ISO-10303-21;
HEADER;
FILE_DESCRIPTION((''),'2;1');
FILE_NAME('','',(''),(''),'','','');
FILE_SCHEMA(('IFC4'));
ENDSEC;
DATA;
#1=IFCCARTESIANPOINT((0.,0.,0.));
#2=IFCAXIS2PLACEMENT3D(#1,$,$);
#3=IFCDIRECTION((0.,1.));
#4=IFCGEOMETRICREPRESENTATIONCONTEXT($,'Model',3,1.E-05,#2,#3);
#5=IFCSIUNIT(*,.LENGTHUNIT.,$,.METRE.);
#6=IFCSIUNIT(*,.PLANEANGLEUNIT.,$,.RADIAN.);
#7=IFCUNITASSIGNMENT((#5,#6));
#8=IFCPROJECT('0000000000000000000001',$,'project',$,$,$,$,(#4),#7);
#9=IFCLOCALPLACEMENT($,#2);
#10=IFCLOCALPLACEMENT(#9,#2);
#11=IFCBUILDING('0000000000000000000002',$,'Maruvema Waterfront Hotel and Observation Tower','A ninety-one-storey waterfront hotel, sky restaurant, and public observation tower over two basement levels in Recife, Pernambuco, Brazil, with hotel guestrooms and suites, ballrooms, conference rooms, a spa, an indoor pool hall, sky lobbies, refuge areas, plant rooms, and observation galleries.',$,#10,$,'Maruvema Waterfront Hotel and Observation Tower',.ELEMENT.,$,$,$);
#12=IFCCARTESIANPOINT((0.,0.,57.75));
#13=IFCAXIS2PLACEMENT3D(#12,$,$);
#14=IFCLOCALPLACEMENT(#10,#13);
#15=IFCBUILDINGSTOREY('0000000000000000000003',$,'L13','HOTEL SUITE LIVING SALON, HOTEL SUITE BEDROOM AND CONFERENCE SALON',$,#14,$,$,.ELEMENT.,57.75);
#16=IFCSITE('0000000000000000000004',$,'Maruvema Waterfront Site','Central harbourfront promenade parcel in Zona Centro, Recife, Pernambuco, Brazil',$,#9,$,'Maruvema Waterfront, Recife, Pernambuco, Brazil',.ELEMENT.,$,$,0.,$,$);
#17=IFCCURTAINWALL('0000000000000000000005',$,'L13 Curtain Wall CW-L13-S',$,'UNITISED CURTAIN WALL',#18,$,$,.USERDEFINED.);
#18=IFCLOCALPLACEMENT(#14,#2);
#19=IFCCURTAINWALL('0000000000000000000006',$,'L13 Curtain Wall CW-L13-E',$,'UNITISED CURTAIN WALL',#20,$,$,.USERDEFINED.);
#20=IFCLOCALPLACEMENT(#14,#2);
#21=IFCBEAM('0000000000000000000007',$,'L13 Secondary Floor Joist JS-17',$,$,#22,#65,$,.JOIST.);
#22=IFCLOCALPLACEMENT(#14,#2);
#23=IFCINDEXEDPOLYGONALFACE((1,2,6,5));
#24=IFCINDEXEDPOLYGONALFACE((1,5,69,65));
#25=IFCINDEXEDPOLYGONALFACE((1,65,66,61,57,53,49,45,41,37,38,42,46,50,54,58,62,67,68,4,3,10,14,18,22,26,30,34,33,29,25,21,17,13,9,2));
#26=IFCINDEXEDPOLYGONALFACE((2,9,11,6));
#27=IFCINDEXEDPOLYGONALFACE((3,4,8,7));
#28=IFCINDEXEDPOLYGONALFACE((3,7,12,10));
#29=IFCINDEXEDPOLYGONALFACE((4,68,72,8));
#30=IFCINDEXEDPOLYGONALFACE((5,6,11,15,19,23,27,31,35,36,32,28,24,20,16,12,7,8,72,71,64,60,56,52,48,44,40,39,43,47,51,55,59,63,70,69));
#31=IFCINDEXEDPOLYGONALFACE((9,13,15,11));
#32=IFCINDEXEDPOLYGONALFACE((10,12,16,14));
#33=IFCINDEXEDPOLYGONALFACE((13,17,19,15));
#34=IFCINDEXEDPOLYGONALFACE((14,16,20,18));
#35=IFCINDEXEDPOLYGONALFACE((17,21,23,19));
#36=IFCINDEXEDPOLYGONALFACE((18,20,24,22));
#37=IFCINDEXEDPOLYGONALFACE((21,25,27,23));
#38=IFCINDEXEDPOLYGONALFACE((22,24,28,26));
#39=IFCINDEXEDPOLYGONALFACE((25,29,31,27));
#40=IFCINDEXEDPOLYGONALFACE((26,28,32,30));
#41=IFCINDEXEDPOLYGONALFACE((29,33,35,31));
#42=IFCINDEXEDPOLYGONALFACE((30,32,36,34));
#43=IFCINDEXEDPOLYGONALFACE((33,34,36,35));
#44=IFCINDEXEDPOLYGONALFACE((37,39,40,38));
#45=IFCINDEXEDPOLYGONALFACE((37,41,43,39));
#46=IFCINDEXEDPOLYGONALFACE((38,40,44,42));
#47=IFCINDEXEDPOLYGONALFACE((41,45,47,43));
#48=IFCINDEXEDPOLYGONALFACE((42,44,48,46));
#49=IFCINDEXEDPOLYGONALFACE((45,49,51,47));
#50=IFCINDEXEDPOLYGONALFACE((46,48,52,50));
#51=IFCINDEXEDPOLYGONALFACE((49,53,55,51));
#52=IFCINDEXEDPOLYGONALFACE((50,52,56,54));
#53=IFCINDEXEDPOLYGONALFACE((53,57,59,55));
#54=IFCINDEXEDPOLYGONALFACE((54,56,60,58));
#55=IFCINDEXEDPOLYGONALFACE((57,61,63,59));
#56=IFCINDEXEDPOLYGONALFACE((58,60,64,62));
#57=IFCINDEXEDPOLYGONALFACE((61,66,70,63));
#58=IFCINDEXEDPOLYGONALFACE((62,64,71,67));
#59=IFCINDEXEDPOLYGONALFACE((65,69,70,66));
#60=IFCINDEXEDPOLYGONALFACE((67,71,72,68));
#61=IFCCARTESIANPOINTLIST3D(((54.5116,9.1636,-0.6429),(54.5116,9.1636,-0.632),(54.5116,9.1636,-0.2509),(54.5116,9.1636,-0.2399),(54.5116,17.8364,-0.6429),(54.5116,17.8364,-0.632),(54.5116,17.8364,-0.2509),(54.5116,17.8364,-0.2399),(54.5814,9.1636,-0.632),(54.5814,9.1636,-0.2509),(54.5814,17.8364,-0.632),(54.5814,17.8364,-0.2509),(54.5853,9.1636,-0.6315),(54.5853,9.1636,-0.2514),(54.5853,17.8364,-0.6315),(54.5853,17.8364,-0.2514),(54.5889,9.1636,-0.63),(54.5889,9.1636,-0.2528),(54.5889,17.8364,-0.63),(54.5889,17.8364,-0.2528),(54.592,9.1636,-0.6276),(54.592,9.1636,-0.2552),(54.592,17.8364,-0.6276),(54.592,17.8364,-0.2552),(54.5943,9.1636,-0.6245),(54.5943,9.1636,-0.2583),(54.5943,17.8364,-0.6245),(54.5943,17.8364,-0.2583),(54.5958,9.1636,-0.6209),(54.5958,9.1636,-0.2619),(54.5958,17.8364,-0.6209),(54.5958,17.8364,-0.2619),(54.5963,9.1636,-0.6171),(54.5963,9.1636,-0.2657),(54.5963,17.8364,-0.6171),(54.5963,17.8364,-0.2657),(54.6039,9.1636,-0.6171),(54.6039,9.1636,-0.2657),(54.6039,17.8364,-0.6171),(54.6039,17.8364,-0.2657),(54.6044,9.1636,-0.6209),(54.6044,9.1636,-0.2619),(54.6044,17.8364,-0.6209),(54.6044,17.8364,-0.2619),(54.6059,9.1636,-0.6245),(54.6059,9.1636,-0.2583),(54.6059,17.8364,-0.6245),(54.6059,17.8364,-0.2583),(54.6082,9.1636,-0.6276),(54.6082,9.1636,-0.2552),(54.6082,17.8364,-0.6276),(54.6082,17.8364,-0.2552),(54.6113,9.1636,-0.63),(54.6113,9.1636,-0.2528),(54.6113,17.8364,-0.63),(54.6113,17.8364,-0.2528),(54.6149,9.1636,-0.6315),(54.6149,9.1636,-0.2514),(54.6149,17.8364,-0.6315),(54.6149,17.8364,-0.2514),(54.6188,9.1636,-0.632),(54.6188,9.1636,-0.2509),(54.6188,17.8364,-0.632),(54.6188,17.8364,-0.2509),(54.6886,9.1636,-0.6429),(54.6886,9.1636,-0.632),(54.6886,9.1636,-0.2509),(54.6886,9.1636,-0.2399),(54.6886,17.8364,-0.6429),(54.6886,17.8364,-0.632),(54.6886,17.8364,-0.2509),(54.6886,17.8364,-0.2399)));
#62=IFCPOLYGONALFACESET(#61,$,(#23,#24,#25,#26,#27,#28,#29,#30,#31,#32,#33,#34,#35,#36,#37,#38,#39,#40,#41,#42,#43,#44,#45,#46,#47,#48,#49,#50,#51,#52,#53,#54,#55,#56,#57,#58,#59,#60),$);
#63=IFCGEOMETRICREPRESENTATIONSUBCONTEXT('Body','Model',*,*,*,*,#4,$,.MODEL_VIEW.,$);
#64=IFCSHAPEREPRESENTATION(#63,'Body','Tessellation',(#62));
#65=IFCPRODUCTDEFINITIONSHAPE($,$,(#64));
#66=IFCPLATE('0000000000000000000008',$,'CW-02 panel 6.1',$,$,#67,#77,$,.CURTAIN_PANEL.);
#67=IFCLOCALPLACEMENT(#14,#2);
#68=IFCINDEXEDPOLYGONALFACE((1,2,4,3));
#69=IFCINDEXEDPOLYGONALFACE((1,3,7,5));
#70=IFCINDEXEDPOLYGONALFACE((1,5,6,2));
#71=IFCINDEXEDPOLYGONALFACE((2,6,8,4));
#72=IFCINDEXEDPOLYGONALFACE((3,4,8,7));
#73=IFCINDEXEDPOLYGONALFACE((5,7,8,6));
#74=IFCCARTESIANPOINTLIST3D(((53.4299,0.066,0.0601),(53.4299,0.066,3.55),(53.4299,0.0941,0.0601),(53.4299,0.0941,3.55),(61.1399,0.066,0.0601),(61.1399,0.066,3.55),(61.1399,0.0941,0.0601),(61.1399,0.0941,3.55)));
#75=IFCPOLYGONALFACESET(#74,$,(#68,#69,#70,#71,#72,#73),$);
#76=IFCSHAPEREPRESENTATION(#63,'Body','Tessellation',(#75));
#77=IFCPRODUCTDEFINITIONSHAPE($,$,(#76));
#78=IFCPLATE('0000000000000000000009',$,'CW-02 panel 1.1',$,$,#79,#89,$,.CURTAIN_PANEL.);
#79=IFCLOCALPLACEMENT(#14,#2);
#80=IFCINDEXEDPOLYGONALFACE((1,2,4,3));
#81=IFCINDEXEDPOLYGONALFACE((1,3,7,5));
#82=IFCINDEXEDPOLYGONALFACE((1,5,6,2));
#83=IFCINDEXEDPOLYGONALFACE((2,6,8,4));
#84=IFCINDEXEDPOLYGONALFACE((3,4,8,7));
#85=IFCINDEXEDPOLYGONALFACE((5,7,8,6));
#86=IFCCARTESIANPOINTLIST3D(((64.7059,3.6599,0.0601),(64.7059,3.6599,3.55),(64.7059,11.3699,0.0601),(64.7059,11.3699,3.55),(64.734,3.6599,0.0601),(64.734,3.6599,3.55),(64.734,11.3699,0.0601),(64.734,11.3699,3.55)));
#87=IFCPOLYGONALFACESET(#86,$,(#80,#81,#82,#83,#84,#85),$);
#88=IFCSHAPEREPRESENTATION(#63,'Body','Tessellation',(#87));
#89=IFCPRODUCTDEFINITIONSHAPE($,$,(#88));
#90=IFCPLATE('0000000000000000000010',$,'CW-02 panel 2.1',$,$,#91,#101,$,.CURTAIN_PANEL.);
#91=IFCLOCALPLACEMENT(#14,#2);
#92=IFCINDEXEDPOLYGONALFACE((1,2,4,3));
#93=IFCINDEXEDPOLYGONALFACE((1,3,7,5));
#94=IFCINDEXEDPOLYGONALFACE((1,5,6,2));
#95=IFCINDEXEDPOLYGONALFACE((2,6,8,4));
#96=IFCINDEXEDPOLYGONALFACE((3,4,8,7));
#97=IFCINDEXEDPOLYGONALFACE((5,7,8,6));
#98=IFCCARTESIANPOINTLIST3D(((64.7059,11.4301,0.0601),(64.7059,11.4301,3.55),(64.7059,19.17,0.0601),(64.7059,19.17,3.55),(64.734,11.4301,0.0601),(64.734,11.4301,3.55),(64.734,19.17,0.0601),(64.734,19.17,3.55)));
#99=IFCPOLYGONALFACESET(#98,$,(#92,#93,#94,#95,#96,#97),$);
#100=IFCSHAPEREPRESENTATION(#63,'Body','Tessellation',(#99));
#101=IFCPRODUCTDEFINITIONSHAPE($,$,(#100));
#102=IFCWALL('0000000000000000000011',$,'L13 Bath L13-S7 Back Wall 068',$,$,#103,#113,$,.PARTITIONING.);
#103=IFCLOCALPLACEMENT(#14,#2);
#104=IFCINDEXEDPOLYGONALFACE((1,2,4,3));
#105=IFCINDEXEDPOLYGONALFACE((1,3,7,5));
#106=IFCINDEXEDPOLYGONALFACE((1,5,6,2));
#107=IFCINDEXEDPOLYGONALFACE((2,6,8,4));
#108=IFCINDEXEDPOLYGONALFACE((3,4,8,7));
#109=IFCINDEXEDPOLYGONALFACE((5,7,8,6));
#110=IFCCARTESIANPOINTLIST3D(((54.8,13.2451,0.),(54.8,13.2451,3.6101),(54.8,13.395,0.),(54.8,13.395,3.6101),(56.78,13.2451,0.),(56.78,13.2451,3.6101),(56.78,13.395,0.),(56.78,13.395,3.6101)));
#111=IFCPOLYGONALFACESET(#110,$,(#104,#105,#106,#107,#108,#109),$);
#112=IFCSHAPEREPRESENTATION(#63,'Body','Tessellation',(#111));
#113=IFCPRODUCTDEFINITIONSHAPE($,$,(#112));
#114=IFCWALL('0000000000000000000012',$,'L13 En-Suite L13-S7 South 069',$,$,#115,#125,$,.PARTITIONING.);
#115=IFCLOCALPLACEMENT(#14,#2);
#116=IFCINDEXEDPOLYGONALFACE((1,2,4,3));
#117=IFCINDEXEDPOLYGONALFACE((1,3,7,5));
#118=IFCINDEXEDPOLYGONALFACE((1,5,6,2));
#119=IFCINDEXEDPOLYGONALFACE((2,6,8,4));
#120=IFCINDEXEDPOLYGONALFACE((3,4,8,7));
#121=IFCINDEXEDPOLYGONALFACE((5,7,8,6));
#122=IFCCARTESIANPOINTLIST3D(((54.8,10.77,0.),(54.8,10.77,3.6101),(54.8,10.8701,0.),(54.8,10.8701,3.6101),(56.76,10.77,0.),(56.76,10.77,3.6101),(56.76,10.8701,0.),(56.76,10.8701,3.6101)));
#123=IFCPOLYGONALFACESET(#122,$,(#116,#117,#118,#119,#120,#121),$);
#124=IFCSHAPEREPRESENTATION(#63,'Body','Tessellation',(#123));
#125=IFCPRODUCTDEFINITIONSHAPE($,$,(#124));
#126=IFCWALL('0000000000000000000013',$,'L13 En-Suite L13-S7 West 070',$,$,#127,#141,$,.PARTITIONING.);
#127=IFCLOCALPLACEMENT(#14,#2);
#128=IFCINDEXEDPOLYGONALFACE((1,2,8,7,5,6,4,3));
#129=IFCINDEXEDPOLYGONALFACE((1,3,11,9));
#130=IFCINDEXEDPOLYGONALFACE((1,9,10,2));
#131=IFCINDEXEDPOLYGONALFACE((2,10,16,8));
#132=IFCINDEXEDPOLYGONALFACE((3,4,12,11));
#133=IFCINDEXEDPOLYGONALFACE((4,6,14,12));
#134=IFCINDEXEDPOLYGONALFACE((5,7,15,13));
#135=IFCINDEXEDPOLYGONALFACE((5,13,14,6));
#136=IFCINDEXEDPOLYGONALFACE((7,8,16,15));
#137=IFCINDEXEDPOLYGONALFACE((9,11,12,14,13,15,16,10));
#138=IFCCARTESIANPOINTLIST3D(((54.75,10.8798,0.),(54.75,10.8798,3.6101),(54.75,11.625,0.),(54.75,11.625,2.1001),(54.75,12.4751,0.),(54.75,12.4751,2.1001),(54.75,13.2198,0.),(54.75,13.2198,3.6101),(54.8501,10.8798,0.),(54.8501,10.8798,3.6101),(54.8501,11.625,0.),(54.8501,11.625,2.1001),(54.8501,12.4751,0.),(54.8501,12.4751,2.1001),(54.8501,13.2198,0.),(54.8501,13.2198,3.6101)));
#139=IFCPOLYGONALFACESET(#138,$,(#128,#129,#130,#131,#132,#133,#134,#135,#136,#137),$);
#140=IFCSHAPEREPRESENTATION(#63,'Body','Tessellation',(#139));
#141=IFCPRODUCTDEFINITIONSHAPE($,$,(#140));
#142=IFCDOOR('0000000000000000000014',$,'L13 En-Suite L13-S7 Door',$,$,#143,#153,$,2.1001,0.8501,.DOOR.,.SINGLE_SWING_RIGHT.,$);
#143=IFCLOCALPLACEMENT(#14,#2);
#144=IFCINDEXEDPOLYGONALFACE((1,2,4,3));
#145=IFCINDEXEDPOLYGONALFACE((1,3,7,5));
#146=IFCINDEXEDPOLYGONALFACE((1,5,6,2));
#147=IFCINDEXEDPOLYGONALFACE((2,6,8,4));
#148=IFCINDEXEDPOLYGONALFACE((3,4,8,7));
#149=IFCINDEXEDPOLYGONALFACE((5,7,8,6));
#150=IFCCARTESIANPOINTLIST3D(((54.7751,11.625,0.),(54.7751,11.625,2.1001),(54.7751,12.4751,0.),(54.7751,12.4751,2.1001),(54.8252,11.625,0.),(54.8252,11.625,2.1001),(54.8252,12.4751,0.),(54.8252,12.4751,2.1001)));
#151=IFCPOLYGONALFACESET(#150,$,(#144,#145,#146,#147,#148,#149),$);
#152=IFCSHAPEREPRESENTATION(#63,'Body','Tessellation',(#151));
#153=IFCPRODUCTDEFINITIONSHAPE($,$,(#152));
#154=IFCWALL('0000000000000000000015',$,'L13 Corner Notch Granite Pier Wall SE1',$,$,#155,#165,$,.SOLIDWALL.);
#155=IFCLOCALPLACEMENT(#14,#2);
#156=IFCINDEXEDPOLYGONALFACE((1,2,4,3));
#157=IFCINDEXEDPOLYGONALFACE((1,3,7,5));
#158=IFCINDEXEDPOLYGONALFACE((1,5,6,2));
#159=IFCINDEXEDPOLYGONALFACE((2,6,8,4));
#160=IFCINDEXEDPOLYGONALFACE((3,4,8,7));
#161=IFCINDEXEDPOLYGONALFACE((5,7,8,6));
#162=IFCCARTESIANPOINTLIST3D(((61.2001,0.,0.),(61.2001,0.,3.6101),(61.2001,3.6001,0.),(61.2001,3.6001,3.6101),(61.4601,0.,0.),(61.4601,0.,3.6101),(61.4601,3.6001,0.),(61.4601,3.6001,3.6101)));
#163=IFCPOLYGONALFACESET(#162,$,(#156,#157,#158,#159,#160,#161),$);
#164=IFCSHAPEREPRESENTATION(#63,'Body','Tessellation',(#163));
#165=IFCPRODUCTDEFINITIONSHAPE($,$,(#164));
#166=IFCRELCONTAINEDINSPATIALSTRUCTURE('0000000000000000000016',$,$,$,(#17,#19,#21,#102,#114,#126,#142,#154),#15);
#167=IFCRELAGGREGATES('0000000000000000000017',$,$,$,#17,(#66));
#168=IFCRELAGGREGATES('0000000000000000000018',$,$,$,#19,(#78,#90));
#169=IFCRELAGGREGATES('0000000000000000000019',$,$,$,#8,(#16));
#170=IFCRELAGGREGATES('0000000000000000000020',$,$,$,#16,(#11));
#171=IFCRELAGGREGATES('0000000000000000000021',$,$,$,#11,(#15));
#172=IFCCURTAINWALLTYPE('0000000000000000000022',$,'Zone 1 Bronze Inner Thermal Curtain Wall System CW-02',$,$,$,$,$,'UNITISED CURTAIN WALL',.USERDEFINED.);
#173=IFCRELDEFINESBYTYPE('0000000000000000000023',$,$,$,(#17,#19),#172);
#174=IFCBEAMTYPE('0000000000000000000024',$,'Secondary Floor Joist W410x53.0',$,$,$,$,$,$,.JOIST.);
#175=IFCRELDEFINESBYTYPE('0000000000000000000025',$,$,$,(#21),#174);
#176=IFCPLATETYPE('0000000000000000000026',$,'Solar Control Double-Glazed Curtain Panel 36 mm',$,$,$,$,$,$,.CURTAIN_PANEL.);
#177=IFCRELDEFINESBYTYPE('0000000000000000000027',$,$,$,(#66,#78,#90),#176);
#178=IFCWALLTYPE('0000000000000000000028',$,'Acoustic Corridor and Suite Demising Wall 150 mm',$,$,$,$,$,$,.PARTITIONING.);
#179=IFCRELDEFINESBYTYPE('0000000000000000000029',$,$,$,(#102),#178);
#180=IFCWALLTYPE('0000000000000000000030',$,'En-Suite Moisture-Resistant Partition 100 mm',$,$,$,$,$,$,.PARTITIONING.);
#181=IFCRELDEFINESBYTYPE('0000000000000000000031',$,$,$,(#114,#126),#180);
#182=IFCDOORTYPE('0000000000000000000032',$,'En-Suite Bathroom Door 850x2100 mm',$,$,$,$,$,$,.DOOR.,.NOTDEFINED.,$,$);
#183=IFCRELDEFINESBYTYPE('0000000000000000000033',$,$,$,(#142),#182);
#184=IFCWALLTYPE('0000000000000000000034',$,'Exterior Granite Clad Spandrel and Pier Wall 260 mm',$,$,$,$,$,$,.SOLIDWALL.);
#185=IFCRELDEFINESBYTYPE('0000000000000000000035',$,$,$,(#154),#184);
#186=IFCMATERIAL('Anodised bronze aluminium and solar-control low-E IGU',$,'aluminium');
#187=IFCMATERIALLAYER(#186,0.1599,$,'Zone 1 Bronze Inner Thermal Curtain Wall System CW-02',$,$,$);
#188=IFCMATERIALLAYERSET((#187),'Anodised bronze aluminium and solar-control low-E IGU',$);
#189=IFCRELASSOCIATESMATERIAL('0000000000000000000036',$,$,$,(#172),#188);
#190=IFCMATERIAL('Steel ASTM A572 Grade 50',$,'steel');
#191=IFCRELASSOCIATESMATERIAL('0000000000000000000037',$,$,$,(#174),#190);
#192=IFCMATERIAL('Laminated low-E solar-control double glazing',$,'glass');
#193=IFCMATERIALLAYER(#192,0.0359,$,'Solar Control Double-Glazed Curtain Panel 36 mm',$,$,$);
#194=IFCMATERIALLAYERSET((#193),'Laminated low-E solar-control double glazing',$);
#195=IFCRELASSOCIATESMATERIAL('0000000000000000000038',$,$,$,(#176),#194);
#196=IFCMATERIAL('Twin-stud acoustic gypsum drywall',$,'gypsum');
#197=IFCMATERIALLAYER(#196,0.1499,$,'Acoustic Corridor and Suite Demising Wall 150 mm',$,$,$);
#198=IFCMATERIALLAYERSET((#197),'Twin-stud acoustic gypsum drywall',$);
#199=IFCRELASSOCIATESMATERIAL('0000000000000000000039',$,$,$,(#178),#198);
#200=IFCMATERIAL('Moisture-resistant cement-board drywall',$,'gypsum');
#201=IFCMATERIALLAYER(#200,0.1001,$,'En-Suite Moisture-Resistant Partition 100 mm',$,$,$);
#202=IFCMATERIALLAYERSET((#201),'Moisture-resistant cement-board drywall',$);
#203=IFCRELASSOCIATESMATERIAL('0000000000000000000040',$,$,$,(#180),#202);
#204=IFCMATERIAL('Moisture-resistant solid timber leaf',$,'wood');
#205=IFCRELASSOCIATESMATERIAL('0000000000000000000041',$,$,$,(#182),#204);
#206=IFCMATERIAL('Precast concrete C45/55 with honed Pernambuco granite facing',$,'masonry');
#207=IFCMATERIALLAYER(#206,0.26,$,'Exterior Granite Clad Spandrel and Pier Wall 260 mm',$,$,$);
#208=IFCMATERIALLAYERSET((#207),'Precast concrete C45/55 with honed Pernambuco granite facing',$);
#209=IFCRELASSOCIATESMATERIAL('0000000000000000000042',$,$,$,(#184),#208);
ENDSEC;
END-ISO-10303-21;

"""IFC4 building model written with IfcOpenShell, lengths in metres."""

from ifc_helpers import new_model, si_unit, direction, frame, frame_2d, origin, origin_2d, place, context, subcontext, project, spatial, rectangle, i_section, extrude, material, layer, layer_set, material_profile, profile_set, type_object, element, fill, aggregate, save


model = new_model("IFC4")

# Units and contexts
model_context = context("Model", 3, precision=1e-05, world=origin(), true_north=direction((0.0, 1.0)))
body_context = subcontext(model_context, "Body", "Model", "MODEL_VIEW")
ifc_project = project(units=[si_unit("LENGTHUNIT", "METRE"), si_unit("PLANEANGLEUNIT", "RADIAN")], contexts=[model_context])

# Site, building, storey
site_placement = place(None, origin())
site = spatial("IfcSite", under=ifc_project, at=site_placement, Name="Maruvema Waterfront Site", Description="Central harbourfront promenade parcel in Zona Centro, Recife, Pernambuco, Brazil", LongName="Maruvema Waterfront, Recife, Pernambuco, Brazil", CompositionType="ELEMENT", RefElevation=0.0)
building_placement = place(site_placement, origin())
building = spatial("IfcBuilding", under=site, at=building_placement, Name="Maruvema Waterfront Hotel and Observation Tower", Description="A ninety-one-storey waterfront hotel, sky restaurant, and public observation tower over two basement levels in Recife, Pernambuco, Brazil, with hotel guestrooms and suites, ballrooms, conference rooms, a spa, an indoor pool hall, sky lobbies, refuge areas, plant rooms, and observation galleries.", LongName="Maruvema Waterfront Hotel and Observation Tower", CompositionType="ELEMENT")
storey_placement = place(building_placement, frame((0.0, 0.0, 57.75)))
storey = spatial("IfcBuildingStorey", under=building, at=storey_placement, Name="L13", Description="HOTEL SUITE LIVING SALON, HOTEL SUITE BEDROOM AND CONFERENCE SALON", CompositionType="ELEMENT", Elevation=57.75)

# Curtain walls
ifc_material_1 = material(Name="Anodised bronze aluminium and solar-control low-E IGU", Category="aluminium")
ifc_layer_1 = layer(ifc_material_1, 0.1599, Name="Zone 1 Bronze Inner Thermal Curtain Wall System CW-02")
ifc_layer_set_1 = layer_set([ifc_layer_1], Name="Anodised bronze aluminium and solar-control low-E IGU")
curtain_wall_type = type_object("IfcCurtainWallType", Name="Zone 1 Bronze Inner Thermal Curtain Wall System CW-02", ElementType="UNITISED CURTAIN WALL", PredefinedType="USERDEFINED", material=ifc_layer_set_1)
curtain_wall_1_placement = place(storey_placement, origin())
curtain_wall_1 = element("IfcCurtainWall", 1, at=curtain_wall_1_placement, inside=storey, type_object=curtain_wall_type, Name="L13 Curtain Wall CW-L13-S", ObjectType="UNITISED CURTAIN WALL", PredefinedType="USERDEFINED")
curtain_wall_2_placement = place(storey_placement, origin())
curtain_wall_2 = element("IfcCurtainWall", 2, at=curtain_wall_2_placement, inside=storey, type_object=curtain_wall_type, Name="L13 Curtain Wall CW-L13-E", ObjectType="UNITISED CURTAIN WALL", PredefinedType="USERDEFINED")

# Beam
ifc_material_2 = material(Name="Steel ASTM A572 Grade 50", Category="steel")
ifc_material_profile_1 = material_profile(ifc_material_2, i_section(OverallWidth=0.177, OverallDepth=0.4031, WebThickness=0.0076, FlangeThickness=0.011, FilletRadius=0.0149, at=origin_2d()), Name="W410x53.0")
ifc_profile_set_1 = profile_set([ifc_material_profile_1], Name="Steel ASTM A572 Grade 50")
beam_type_1 = type_object("IfcBeamType", Name="Secondary Floor Joist W410x53.0", PredefinedType="JOIST", material=ifc_profile_set_1)
beam_1_placement = place(storey_placement, frame((54.6001, 9.1636, -0.4414), z_axis=(0.0, 1.0, 0.0), x_axis=(-1.0, 0.0, 0.0)))
element("IfcBeam", 3, at=beam_1_placement, inside=storey, type_object=beam_type_1, Name="L13 Secondary Floor Joist JS-17", PredefinedType="JOIST", context=body_context, shape_type="SweptSolid", body=[
    extrude(i_section(OverallWidth=0.177, OverallDepth=0.4031, WebThickness=0.0076, FlangeThickness=0.011, FilletRadius=0.0149, at=origin_2d()), origin(), (0.0, 0.0, 1.0), 8.6729),
])

# Plates
ifc_material_3 = material(Name="Laminated low-E solar-control double glazing", Category="glass")
ifc_layer_2 = layer(ifc_material_3, 0.0359, Name="Solar Control Double-Glazed Curtain Panel 36 mm")
ifc_layer_set_2 = layer_set([ifc_layer_2], Name="Laminated low-E solar-control double glazing")
plate_type = type_object("IfcPlateType", Name="Solar Control Double-Glazed Curtain Panel 36 mm", PredefinedType="CURTAIN_PANEL", material=ifc_layer_set_2)
plate_1_placement = place(storey_placement, frame((57.2849, 0.0801, 0.0601), z_axis=(0.0, 0.0, 1.0), x_axis=(1.0, 0.0, 0.0)))
plate_1 = element("IfcPlate", 4, at=plate_1_placement, type_object=plate_type, Name="CW-02 panel 6.1", PredefinedType="CURTAIN_PANEL", context=body_context, shape_type="SweptSolid", body=[
    extrude(rectangle(XDim=7.71, YDim=0.0281, at=origin_2d()), origin(), (0.0, 0.0, 1.0), 3.49),
])
aggregate(curtain_wall_1, [plate_1])
plate_2_placement = place(storey_placement, frame((64.72, 7.5149, 0.0601), z_axis=(0.0, 0.0, 1.0), x_axis=(0.0, 1.0, 0.0)))
plate_2 = element("IfcPlate", 5, at=plate_2_placement, type_object=plate_type, Name="CW-02 panel 1.1", PredefinedType="CURTAIN_PANEL", context=body_context, shape_type="SweptSolid", body=[
    extrude(rectangle(XDim=7.71, YDim=0.0281, at=origin_2d()), origin(), (0.0, 0.0, 1.0), 3.49),
])
plate_3_placement = place(storey_placement, frame((64.72, 15.3, 0.0601), z_axis=(0.0, 0.0, 1.0), x_axis=(0.0, 1.0, 0.0)))
plate_3 = element("IfcPlate", 6, at=plate_3_placement, type_object=plate_type, Name="CW-02 panel 2.1", PredefinedType="CURTAIN_PANEL", context=body_context, shape_type="SweptSolid", body=[
    extrude(rectangle(XDim=7.74, YDim=0.0281, at=origin_2d()), origin(), (0.0, 0.0, 1.0), 3.49),
])
aggregate(curtain_wall_2, [plate_2, plate_3])

# Walls
ifc_material_4 = material(Name="Twin-stud acoustic gypsum drywall", Category="gypsum")
ifc_layer_3 = layer(ifc_material_4, 0.1499, Name="Acoustic Corridor and Suite Demising Wall 150 mm")
ifc_layer_set_3 = layer_set([ifc_layer_3], Name="Twin-stud acoustic gypsum drywall")
wall_type_1 = type_object("IfcWallType", Name="Acoustic Corridor and Suite Demising Wall 150 mm", PredefinedType="PARTITIONING", material=ifc_layer_set_3)
wall_1_placement = place(storey_placement, frame((54.8, 13.3201, 0.0), z_axis=(0.0, 0.0, 1.0), x_axis=(1.0, 0.0, 0.0)))
element("IfcWall", 7, at=wall_1_placement, inside=storey, type_object=wall_type_1, Name="L13 Bath L13-S7 Back Wall 068", PredefinedType="PARTITIONING", context=body_context, shape_type="SweptSolid", body=[
    extrude(rectangle(XDim=1.98, YDim=0.1499, at=frame_2d((0.99, 0.0))), origin(), (0.0, 0.0, 1.0), 3.6101),
])
ifc_material_5 = material(Name="Moisture-resistant cement-board drywall", Category="gypsum")
ifc_layer_4 = layer(ifc_material_5, 0.1001, Name="En-Suite Moisture-Resistant Partition 100 mm")
ifc_layer_set_4 = layer_set([ifc_layer_4], Name="Moisture-resistant cement-board drywall")
wall_type_2 = type_object("IfcWallType", Name="En-Suite Moisture-Resistant Partition 100 mm", PredefinedType="PARTITIONING", material=ifc_layer_set_4)
wall_2_placement = place(storey_placement, frame((54.8, 10.8201, 0.0), z_axis=(0.0, 0.0, 1.0), x_axis=(1.0, 0.0, 0.0)))
element("IfcWall", 8, at=wall_2_placement, inside=storey, type_object=wall_type_2, Name="L13 En-Suite L13-S7 South 069", PredefinedType="PARTITIONING", context=body_context, shape_type="SweptSolid", body=[
    extrude(rectangle(XDim=1.96, YDim=0.1001, at=frame_2d((0.98, 0.0))), origin(), (0.0, 0.0, 1.0), 3.6101),
])

# Wall, opening, door
wall_3_placement = place(storey_placement, frame((54.8, 10.8799, 0.0), z_axis=(0.0, 0.0, 1.0), x_axis=(0.0, 1.0, 0.0)))
wall_3 = element("IfcWall", 9, at=wall_3_placement, inside=storey, type_object=wall_type_2, Name="L13 En-Suite L13-S7 West 070", PredefinedType="PARTITIONING", context=body_context, shape_type="SweptSolid", body=[
    extrude(rectangle(XDim=2.3401, YDim=0.1001, at=frame_2d((1.1699, 0.0))), origin(), (0.0, 0.0, 1.0), 3.6101),
])
opening_1_placement = place(wall_3_placement, frame((0.7451, 0.0, 0.0)))
opening_1 = element("IfcOpeningElement", 10, at=opening_1_placement, cuts=wall_3, PredefinedType="OPENING", context=body_context, shape_type="SweptSolid", body=[
    extrude(rectangle(XDim=0.8501, YDim=2.1001, at=frame_2d((0.425, 1.05))), frame((0.0, 0.0601, 0.0), z_axis=(0.0, -1.0, 0.0), x_axis=(1.0, 0.0, 0.0)), (0.0, 0.0, 1.0), 0.1201),
])
ifc_material_6 = material(Name="Moisture-resistant solid timber leaf", Category="wood")
door_type = type_object("IfcDoorType", Name="En-Suite Bathroom Door 850x2100 mm", OperationType="NOTDEFINED", PredefinedType="DOOR", material=ifc_material_6)
door_placement = place(opening_1_placement, origin())
door = element("IfcDoor", 11, at=door_placement, inside=storey, type_object=door_type, Name="L13 En-Suite L13-S7 Door", OperationType="SINGLE_SWING_RIGHT", OverallHeight=2.1001, OverallWidth=0.8501, PredefinedType="DOOR", context=body_context, shape_type="SweptSolid", body=[
    extrude(rectangle(XDim=0.8501, YDim=2.1001, at=frame_2d((0.425, 1.05))), frame((0.0, 0.0249, 0.0), z_axis=(0.0, -1.0, 0.0), x_axis=(1.0, 0.0, 0.0)), (0.0, 0.0, 1.0), 0.05),
])
fill(opening_1, door)

# Wall
ifc_material_7 = material(Name="Precast concrete C45/55 with honed Pernambuco granite facing", Category="masonry")
ifc_layer_5 = layer(ifc_material_7, 0.26, Name="Exterior Granite Clad Spandrel and Pier Wall 260 mm")
ifc_layer_set_5 = layer_set([ifc_layer_5], Name="Precast concrete C45/55 with honed Pernambuco granite facing")
wall_type_3 = type_object("IfcWallType", Name="Exterior Granite Clad Spandrel and Pier Wall 260 mm", PredefinedType="SOLIDWALL", material=ifc_layer_set_5)
wall_4_placement = place(storey_placement, frame((61.3301, 3.6001, 0.0), z_axis=(0.0, 0.0, 1.0), x_axis=(0.0, -1.0, 0.0)))
element("IfcWall", 12, at=wall_4_placement, inside=storey, type_object=wall_type_3, Name="L13 Corner Notch Granite Pier Wall SE1", PredefinedType="SOLIDWALL", context=body_context, shape_type="SweptSolid", body=[
    extrude(rectangle(XDim=3.6001, YDim=0.26, at=frame_2d((1.8, 0.0))), origin(), (0.0, 0.0, 1.0), 3.6101),
])

save(model, "model.ifc")
